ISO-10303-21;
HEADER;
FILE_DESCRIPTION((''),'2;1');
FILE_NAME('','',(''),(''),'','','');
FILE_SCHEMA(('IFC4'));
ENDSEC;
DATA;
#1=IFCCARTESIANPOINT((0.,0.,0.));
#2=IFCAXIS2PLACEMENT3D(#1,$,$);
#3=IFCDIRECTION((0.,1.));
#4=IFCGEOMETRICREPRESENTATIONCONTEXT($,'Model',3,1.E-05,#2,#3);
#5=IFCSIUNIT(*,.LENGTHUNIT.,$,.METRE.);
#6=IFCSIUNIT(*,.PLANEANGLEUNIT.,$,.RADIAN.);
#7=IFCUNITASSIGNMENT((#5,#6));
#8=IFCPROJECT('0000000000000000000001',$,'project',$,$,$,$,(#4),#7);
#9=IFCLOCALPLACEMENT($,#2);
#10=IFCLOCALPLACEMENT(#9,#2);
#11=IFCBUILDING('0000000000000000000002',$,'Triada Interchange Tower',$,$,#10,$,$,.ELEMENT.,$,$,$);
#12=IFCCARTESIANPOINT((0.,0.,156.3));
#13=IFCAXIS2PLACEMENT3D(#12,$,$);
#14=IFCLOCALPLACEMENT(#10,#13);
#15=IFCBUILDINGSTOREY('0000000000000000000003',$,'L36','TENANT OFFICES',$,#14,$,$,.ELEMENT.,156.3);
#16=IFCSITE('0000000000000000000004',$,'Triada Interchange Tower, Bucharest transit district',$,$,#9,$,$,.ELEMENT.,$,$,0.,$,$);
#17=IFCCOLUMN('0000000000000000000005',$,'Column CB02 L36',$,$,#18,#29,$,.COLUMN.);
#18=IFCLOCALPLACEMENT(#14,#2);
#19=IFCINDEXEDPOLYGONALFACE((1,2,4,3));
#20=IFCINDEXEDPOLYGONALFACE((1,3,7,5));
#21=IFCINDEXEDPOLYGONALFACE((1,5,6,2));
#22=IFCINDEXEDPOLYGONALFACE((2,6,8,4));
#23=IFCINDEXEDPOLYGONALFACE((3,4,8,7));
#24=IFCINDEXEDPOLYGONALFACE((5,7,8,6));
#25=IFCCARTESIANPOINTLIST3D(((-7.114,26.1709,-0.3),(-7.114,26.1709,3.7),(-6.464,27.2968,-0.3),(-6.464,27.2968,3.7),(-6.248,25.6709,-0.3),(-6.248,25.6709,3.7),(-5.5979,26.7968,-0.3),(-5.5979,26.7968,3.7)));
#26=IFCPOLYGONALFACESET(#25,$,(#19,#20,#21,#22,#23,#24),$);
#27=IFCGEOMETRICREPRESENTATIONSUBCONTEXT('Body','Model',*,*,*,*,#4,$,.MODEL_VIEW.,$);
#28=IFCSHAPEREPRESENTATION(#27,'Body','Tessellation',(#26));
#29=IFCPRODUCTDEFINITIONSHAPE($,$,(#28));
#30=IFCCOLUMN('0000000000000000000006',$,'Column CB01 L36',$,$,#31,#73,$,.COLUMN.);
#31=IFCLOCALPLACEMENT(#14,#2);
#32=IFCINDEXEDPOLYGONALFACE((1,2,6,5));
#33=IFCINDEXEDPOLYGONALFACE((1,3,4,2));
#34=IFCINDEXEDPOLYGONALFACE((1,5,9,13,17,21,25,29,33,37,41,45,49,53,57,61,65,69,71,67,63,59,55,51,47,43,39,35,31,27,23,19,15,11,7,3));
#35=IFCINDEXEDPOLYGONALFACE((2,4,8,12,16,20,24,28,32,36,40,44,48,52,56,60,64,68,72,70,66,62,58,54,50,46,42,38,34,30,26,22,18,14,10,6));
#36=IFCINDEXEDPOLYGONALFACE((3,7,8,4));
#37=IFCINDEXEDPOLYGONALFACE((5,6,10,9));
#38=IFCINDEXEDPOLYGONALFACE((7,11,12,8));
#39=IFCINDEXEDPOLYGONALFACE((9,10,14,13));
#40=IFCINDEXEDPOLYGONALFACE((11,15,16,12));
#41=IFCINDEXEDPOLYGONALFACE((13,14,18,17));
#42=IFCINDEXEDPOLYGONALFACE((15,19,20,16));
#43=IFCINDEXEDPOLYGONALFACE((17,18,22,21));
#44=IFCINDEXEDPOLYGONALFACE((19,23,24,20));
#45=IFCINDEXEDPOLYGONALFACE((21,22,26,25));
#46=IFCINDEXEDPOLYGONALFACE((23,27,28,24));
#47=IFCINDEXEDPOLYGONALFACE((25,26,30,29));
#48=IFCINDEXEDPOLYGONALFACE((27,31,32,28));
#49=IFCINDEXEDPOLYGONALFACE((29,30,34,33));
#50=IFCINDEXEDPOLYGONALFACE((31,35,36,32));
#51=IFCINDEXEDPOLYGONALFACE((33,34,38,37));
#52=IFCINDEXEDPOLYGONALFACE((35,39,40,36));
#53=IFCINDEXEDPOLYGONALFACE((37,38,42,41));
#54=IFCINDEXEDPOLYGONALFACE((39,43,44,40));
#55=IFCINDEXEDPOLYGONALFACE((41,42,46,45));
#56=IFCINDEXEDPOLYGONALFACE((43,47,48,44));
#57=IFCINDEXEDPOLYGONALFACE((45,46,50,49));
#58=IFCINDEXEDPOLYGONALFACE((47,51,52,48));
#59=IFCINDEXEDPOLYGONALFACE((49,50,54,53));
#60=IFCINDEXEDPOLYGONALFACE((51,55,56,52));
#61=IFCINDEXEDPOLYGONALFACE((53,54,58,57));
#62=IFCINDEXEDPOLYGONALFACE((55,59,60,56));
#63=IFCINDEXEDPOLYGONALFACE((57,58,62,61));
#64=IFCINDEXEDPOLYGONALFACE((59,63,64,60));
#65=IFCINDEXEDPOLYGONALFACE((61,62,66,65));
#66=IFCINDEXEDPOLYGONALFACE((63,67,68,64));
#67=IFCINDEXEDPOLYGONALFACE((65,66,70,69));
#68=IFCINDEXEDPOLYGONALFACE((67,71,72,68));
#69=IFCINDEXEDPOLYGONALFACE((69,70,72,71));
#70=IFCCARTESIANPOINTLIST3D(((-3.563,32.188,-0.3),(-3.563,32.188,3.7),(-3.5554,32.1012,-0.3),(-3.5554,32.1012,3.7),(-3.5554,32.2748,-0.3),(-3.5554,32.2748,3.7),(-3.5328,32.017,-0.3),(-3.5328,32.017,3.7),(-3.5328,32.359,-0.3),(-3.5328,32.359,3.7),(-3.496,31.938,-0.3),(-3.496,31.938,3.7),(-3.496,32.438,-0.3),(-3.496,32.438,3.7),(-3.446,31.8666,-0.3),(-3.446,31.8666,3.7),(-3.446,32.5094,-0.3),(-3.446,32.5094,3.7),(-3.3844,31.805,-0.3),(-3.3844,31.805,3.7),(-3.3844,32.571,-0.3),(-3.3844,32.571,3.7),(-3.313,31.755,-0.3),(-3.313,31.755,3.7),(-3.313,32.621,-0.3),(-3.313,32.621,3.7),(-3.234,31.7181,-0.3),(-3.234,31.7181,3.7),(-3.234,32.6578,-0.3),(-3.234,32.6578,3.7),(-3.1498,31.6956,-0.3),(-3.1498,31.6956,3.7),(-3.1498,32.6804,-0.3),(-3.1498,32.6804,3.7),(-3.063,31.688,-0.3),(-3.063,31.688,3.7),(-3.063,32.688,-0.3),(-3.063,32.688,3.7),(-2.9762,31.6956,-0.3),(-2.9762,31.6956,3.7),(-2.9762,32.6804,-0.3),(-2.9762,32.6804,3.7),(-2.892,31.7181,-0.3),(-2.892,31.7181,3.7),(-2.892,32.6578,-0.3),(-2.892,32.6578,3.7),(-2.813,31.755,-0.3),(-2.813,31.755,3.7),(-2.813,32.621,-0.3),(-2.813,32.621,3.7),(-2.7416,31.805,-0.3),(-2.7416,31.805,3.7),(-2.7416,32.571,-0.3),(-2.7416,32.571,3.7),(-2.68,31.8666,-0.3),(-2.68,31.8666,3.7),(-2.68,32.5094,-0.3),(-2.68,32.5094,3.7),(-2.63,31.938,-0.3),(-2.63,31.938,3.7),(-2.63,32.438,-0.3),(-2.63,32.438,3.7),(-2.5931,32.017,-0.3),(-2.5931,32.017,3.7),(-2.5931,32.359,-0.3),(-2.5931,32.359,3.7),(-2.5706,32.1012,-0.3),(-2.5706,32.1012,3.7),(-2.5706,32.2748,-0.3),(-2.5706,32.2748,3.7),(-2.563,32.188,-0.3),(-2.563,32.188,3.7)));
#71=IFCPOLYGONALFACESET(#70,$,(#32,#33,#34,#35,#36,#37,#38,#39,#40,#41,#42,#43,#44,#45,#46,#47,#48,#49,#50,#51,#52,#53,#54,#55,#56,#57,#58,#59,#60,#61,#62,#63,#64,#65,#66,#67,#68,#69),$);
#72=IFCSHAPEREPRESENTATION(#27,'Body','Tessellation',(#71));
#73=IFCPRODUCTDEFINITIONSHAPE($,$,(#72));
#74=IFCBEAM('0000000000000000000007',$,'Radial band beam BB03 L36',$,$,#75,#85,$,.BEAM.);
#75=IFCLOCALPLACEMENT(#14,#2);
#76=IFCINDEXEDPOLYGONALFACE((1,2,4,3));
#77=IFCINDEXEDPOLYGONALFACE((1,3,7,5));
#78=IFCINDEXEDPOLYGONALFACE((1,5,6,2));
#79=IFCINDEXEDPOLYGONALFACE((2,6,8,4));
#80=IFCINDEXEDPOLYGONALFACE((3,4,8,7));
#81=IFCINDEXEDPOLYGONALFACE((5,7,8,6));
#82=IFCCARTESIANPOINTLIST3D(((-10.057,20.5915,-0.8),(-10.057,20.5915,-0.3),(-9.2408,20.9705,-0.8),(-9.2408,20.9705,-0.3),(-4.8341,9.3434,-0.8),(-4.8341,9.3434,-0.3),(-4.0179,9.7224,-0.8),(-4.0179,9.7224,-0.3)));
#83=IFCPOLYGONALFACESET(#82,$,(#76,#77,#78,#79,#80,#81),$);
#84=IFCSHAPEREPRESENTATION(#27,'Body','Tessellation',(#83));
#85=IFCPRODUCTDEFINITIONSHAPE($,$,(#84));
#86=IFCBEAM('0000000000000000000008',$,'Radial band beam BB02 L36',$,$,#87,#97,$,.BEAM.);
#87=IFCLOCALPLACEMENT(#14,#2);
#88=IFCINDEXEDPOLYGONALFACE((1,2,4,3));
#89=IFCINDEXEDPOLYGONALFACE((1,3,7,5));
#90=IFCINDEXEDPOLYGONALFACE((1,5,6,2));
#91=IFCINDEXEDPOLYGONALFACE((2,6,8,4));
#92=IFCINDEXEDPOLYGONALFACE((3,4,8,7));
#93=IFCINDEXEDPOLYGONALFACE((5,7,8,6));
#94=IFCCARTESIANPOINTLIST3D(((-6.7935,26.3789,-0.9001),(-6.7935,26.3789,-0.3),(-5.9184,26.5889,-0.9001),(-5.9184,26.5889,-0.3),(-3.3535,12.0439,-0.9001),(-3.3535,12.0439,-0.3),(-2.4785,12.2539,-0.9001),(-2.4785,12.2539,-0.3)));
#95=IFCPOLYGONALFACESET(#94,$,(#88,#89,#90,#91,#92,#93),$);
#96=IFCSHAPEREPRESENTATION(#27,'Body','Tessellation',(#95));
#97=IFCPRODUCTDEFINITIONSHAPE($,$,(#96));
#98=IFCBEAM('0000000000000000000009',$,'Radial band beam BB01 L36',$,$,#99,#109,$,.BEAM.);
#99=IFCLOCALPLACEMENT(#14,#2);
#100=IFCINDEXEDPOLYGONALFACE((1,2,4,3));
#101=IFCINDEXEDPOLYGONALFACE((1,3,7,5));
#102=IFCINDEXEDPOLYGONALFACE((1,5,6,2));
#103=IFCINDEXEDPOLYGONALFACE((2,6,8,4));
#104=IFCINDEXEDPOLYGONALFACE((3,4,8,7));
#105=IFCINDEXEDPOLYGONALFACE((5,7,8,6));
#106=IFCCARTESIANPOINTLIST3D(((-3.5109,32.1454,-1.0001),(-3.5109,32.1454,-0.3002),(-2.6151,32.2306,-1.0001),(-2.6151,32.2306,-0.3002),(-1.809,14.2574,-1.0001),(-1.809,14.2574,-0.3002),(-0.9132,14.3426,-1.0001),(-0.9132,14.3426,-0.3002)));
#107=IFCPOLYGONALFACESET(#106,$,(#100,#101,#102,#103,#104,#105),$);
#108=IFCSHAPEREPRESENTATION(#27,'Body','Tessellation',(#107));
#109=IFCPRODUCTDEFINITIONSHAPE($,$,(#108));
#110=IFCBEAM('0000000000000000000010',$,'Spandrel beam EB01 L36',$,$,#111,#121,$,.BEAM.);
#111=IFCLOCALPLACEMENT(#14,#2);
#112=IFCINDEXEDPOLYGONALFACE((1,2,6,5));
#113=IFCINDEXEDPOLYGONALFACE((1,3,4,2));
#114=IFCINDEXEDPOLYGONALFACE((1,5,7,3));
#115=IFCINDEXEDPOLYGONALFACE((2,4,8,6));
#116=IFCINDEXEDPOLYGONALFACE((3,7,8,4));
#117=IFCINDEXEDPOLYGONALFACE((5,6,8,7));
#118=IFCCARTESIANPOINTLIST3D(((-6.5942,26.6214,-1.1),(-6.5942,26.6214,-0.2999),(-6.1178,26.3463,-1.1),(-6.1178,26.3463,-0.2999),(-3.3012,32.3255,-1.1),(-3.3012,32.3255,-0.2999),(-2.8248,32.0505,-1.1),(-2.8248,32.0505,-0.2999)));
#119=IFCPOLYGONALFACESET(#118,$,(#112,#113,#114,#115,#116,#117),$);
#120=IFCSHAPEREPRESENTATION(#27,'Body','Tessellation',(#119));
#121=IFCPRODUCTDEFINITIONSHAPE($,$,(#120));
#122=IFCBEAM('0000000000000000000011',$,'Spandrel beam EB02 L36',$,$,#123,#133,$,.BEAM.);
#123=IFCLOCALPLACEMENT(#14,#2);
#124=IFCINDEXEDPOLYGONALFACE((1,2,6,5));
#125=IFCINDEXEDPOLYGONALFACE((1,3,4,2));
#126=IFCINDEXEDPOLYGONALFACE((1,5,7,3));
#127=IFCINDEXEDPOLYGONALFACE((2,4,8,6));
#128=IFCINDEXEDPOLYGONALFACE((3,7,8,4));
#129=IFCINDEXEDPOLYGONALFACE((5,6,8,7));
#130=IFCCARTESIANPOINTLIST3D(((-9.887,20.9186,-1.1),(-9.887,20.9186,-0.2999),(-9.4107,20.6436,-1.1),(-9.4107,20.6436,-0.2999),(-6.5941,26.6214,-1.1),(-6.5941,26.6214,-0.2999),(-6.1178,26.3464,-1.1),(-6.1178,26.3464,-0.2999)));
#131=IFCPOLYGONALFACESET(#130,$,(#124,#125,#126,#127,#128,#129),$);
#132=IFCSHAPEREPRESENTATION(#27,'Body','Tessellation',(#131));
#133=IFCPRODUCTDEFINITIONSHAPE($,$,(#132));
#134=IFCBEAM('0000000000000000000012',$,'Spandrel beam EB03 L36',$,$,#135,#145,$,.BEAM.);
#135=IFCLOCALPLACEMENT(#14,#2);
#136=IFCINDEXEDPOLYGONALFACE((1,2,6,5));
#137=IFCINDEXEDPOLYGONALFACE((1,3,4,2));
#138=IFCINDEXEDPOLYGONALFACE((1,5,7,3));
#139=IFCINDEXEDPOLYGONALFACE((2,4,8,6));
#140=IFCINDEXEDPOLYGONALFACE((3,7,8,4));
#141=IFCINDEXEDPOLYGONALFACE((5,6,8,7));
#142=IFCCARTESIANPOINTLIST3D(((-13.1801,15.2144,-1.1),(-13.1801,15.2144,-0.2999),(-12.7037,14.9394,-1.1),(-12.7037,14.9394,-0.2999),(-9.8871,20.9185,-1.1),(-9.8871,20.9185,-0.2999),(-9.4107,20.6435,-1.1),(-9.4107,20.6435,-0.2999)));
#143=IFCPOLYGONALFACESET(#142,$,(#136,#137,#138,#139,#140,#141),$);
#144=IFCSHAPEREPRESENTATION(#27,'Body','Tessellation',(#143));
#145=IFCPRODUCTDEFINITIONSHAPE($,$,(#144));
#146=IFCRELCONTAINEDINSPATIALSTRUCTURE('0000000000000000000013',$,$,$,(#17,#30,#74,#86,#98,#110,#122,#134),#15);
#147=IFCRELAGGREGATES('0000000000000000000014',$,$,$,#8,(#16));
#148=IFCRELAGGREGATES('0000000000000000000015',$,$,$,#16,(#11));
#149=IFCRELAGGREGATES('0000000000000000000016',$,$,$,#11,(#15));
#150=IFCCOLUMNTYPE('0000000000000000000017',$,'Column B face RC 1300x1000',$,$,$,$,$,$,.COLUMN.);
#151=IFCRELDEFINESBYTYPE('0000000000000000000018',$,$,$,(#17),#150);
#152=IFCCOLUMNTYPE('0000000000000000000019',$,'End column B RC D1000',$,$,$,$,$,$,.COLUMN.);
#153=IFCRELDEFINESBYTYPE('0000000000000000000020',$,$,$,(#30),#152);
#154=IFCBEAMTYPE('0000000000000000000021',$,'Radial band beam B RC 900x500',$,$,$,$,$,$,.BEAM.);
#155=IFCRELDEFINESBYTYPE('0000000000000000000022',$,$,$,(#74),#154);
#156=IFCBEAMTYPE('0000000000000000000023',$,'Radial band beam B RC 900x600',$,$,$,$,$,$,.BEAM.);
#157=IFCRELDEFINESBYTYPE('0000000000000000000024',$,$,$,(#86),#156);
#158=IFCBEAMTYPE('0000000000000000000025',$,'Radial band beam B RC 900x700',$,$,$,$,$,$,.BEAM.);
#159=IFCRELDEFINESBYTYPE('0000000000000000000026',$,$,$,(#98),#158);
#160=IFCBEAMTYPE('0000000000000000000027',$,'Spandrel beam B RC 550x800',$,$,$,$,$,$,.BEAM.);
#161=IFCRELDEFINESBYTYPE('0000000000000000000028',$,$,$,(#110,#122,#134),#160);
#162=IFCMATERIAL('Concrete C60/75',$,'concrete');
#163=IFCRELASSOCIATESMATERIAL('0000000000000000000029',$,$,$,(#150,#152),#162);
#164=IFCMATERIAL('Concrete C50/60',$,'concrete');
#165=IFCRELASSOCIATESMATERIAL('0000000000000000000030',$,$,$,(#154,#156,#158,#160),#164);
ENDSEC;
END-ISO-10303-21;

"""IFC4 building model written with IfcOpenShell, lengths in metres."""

from ifc_helpers import new_model, si_unit, direction, frame, origin, origin_2d, place, context, subcontext, project, spatial, rectangle, circle, extrude, material, material_profile, profile_set, type_object, element, save


model = new_model("IFC4")

# Units and contexts
model_context = context("Model", 3, precision=1e-05, world=origin(), true_north=direction((0.0, 1.0)))
body_context = subcontext(model_context, "Body", "Model", "MODEL_VIEW")
ifc_project = project(units=[si_unit("LENGTHUNIT", "METRE"), si_unit("PLANEANGLEUNIT", "RADIAN")], contexts=[model_context])

# Site, building, storey
site_placement = place(None, origin())
site = spatial("IfcSite", under=ifc_project, at=site_placement, Name="Triada Interchange Tower, Bucharest transit district", CompositionType="ELEMENT", RefElevation=0.0)
building_placement = place(site_placement, origin())
building = spatial("IfcBuilding", under=site, at=building_placement, Name="Triada Interchange Tower", CompositionType="ELEMENT")
storey_placement = place(building_placement, frame((0.0, 0.0, 156.3)))
storey = spatial("IfcBuildingStorey", under=building, at=storey_placement, Name="L36", Description="TENANT OFFICES", CompositionType="ELEMENT", Elevation=156.3)

# Columns
ifc_material_1 = material(Name="Concrete C60/75", Category="concrete")
ifc_material_profile_1 = material_profile(ifc_material_1, rectangle(XDim=1.3, YDim=1.0, at=origin_2d()), Name="RC 1300x1000")
ifc_profile_set_1 = profile_set([ifc_material_profile_1], Name="Concrete C60/75")
column_type_1 = type_object("IfcColumnType", Name="Column B face RC 1300x1000", PredefinedType="COLUMN", material=ifc_profile_set_1)
column_1_placement = place(storey_placement, frame((-6.356, 26.4839, -0.3), z_axis=(0.0, 0.0, 1.0), x_axis=(0.5, 0.866025, 0.0)))
element("IfcColumn", 1, at=column_1_placement, inside=storey, type_object=column_type_1, Name="Column CB02 L36", PredefinedType="COLUMN", context=body_context, shape_type="SweptSolid", body=[
    extrude(rectangle(XDim=1.3, YDim=1.0, at=origin_2d()), origin(), (0.0, 0.0, 1.0), 4.0),
])
ifc_material_profile_2 = material_profile(ifc_material_1, circle(Radius=0.5, at=origin_2d()), Name="RC D1000")
ifc_profile_set_2 = profile_set([ifc_material_profile_2], Name="Concrete C60/75")
column_type_2 = type_object("IfcColumnType", Name="End column B RC D1000", PredefinedType="COLUMN", material=ifc_profile_set_2)
column_2_placement = place(storey_placement, frame((-3.063, 32.188, -0.3), z_axis=(0.0, 0.0, 1.0), x_axis=(0.5, 0.866025, 0.0)))
element("IfcColumn", 2, at=column_2_placement, inside=storey, type_object=column_type_2, Name="Column CB01 L36", PredefinedType="COLUMN", context=body_context, shape_type="SweptSolid", body=[
    extrude(circle(Radius=0.5, at=origin_2d()), origin(), (0.0, 0.0, 1.0), 4.0),
])

# Beams
ifc_material_2 = material(Name="Concrete C50/60", Category="concrete")
ifc_material_profile_3 = material_profile(ifc_material_2, rectangle(XDim=0.8999, YDim=0.5, at=origin_2d()), Name="RC 900x500")
ifc_profile_set_3 = profile_set([ifc_material_profile_3], Name="Concrete C50/60")
beam_type_1 = type_object("IfcBeamType", Name="Radial band beam B RC 900x500", PredefinedType="BEAM", material=ifc_profile_set_3)
beam_1_placement = place(storey_placement, frame((-9.6489, 20.781, -0.55), z_axis=(0.421151, -0.906991, 0.0), x_axis=(0.906991, 0.421151, 0.0)))
element("IfcBeam", 3, at=beam_1_placement, inside=storey, type_object=beam_type_1, Name="Radial band beam BB03 L36", PredefinedType="BEAM", context=body_context, shape_type="SweptSolid", body=[
    extrude(rectangle(XDim=0.8999, YDim=0.5, at=origin_2d()), origin(), (0.0, 0.0, 1.0), 12.4016),
])
ifc_material_profile_4 = material_profile(ifc_material_2, rectangle(XDim=0.8999, YDim=0.6001, at=origin_2d()), Name="RC 900x600")
ifc_profile_set_4 = profile_set([ifc_material_profile_4], Name="Concrete C50/60")
beam_type_2 = type_object("IfcBeamType", Name="Radial band beam B RC 900x600", PredefinedType="BEAM", material=ifc_profile_set_4)
beam_2_placement = place(storey_placement, frame((-6.356, 26.4839, -0.6001), z_axis=(0.233344, -0.972394, 0.0), x_axis=(0.972394, 0.233344, 0.0)))
element("IfcBeam", 4, at=beam_2_placement, inside=storey, type_object=beam_type_2, Name="Radial band beam BB02 L36", PredefinedType="BEAM", context=body_context, shape_type="SweptSolid", body=[
    extrude(rectangle(XDim=0.8999, YDim=0.6001, at=origin_2d()), origin(), (0.0, 0.0, 1.0), 14.7419),
])
ifc_material_profile_5 = material_profile(ifc_material_2, rectangle(XDim=0.8999, YDim=0.7, at=origin_2d()), Name="RC 900x700")
ifc_profile_set_5 = profile_set([ifc_material_profile_5], Name="Concrete C50/60")
beam_type_3 = type_object("IfcBeamType", Name="Radial band beam B RC 900x700", PredefinedType="BEAM", material=ifc_profile_set_5)
beam_3_placement = place(storey_placement, frame((-3.063, 32.188, -0.6501), z_axis=(0.094715, -0.995504, 0.0), x_axis=(0.995504, 0.094715, 0.0)))
element("IfcBeam", 5, at=beam_3_placement, inside=storey, type_object=beam_type_3, Name="Radial band beam BB01 L36", PredefinedType="BEAM", context=body_context, shape_type="SweptSolid", body=[
    extrude(rectangle(XDim=0.8999, YDim=0.7, at=origin_2d()), origin(), (0.0, 0.0, 1.0), 17.9688),
])
ifc_material_profile_6 = material_profile(ifc_material_2, rectangle(XDim=0.55, YDim=0.8, at=origin_2d()), Name="RC 550x800")
ifc_profile_set_6 = profile_set([ifc_material_profile_6], Name="Concrete C50/60")
beam_type_4 = type_object("IfcBeamType", Name="Spandrel beam B RC 550x800", PredefinedType="BEAM", material=ifc_profile_set_6)
beam_4_placement = place(storey_placement, frame((-3.063, 32.188, -0.7), z_axis=(-0.499966, -0.866045, 0.0), x_axis=(0.866045, -0.499966, 0.0)))
element("IfcBeam", 6, at=beam_4_placement, inside=storey, type_object=beam_type_4, Name="Spandrel beam EB01 L36", PredefinedType="BEAM", context=body_context, shape_type="SweptSolid", body=[
    extrude(rectangle(XDim=0.55, YDim=0.8, at=origin_2d()), origin(), (0.0, 0.0, 1.0), 6.5864),
])
beam_5_placement = place(storey_placement, frame((-6.356, 26.4839, -0.7), z_axis=(-0.500047, -0.865999, 0.0), x_axis=(0.865999, -0.500047, 0.0)))
element("IfcBeam", 7, at=beam_5_placement, inside=storey, type_object=beam_type_4, Name="Spandrel beam EB02 L36", PredefinedType="BEAM", context=body_context, shape_type="SweptSolid", body=[
    extrude(rectangle(XDim=0.55, YDim=0.8, at=origin_2d()), origin(), (0.0, 0.0, 1.0), 6.5852),
])
beam_6_placement = place(storey_placement, frame((-9.6489, 20.781, -0.7), z_axis=(-0.499966, -0.866045, 0.0), x_axis=(0.866045, -0.499966, 0.0)))
element("IfcBeam", 8, at=beam_6_placement, inside=storey, type_object=beam_type_4, Name="Spandrel beam EB03 L36", PredefinedType="BEAM", context=body_context, shape_type="SweptSolid", body=[
    extrude(rectangle(XDim=0.55, YDim=0.8, at=origin_2d()), origin(), (0.0, 0.0, 1.0), 6.5864),
])

save(model, "model.ifc")
